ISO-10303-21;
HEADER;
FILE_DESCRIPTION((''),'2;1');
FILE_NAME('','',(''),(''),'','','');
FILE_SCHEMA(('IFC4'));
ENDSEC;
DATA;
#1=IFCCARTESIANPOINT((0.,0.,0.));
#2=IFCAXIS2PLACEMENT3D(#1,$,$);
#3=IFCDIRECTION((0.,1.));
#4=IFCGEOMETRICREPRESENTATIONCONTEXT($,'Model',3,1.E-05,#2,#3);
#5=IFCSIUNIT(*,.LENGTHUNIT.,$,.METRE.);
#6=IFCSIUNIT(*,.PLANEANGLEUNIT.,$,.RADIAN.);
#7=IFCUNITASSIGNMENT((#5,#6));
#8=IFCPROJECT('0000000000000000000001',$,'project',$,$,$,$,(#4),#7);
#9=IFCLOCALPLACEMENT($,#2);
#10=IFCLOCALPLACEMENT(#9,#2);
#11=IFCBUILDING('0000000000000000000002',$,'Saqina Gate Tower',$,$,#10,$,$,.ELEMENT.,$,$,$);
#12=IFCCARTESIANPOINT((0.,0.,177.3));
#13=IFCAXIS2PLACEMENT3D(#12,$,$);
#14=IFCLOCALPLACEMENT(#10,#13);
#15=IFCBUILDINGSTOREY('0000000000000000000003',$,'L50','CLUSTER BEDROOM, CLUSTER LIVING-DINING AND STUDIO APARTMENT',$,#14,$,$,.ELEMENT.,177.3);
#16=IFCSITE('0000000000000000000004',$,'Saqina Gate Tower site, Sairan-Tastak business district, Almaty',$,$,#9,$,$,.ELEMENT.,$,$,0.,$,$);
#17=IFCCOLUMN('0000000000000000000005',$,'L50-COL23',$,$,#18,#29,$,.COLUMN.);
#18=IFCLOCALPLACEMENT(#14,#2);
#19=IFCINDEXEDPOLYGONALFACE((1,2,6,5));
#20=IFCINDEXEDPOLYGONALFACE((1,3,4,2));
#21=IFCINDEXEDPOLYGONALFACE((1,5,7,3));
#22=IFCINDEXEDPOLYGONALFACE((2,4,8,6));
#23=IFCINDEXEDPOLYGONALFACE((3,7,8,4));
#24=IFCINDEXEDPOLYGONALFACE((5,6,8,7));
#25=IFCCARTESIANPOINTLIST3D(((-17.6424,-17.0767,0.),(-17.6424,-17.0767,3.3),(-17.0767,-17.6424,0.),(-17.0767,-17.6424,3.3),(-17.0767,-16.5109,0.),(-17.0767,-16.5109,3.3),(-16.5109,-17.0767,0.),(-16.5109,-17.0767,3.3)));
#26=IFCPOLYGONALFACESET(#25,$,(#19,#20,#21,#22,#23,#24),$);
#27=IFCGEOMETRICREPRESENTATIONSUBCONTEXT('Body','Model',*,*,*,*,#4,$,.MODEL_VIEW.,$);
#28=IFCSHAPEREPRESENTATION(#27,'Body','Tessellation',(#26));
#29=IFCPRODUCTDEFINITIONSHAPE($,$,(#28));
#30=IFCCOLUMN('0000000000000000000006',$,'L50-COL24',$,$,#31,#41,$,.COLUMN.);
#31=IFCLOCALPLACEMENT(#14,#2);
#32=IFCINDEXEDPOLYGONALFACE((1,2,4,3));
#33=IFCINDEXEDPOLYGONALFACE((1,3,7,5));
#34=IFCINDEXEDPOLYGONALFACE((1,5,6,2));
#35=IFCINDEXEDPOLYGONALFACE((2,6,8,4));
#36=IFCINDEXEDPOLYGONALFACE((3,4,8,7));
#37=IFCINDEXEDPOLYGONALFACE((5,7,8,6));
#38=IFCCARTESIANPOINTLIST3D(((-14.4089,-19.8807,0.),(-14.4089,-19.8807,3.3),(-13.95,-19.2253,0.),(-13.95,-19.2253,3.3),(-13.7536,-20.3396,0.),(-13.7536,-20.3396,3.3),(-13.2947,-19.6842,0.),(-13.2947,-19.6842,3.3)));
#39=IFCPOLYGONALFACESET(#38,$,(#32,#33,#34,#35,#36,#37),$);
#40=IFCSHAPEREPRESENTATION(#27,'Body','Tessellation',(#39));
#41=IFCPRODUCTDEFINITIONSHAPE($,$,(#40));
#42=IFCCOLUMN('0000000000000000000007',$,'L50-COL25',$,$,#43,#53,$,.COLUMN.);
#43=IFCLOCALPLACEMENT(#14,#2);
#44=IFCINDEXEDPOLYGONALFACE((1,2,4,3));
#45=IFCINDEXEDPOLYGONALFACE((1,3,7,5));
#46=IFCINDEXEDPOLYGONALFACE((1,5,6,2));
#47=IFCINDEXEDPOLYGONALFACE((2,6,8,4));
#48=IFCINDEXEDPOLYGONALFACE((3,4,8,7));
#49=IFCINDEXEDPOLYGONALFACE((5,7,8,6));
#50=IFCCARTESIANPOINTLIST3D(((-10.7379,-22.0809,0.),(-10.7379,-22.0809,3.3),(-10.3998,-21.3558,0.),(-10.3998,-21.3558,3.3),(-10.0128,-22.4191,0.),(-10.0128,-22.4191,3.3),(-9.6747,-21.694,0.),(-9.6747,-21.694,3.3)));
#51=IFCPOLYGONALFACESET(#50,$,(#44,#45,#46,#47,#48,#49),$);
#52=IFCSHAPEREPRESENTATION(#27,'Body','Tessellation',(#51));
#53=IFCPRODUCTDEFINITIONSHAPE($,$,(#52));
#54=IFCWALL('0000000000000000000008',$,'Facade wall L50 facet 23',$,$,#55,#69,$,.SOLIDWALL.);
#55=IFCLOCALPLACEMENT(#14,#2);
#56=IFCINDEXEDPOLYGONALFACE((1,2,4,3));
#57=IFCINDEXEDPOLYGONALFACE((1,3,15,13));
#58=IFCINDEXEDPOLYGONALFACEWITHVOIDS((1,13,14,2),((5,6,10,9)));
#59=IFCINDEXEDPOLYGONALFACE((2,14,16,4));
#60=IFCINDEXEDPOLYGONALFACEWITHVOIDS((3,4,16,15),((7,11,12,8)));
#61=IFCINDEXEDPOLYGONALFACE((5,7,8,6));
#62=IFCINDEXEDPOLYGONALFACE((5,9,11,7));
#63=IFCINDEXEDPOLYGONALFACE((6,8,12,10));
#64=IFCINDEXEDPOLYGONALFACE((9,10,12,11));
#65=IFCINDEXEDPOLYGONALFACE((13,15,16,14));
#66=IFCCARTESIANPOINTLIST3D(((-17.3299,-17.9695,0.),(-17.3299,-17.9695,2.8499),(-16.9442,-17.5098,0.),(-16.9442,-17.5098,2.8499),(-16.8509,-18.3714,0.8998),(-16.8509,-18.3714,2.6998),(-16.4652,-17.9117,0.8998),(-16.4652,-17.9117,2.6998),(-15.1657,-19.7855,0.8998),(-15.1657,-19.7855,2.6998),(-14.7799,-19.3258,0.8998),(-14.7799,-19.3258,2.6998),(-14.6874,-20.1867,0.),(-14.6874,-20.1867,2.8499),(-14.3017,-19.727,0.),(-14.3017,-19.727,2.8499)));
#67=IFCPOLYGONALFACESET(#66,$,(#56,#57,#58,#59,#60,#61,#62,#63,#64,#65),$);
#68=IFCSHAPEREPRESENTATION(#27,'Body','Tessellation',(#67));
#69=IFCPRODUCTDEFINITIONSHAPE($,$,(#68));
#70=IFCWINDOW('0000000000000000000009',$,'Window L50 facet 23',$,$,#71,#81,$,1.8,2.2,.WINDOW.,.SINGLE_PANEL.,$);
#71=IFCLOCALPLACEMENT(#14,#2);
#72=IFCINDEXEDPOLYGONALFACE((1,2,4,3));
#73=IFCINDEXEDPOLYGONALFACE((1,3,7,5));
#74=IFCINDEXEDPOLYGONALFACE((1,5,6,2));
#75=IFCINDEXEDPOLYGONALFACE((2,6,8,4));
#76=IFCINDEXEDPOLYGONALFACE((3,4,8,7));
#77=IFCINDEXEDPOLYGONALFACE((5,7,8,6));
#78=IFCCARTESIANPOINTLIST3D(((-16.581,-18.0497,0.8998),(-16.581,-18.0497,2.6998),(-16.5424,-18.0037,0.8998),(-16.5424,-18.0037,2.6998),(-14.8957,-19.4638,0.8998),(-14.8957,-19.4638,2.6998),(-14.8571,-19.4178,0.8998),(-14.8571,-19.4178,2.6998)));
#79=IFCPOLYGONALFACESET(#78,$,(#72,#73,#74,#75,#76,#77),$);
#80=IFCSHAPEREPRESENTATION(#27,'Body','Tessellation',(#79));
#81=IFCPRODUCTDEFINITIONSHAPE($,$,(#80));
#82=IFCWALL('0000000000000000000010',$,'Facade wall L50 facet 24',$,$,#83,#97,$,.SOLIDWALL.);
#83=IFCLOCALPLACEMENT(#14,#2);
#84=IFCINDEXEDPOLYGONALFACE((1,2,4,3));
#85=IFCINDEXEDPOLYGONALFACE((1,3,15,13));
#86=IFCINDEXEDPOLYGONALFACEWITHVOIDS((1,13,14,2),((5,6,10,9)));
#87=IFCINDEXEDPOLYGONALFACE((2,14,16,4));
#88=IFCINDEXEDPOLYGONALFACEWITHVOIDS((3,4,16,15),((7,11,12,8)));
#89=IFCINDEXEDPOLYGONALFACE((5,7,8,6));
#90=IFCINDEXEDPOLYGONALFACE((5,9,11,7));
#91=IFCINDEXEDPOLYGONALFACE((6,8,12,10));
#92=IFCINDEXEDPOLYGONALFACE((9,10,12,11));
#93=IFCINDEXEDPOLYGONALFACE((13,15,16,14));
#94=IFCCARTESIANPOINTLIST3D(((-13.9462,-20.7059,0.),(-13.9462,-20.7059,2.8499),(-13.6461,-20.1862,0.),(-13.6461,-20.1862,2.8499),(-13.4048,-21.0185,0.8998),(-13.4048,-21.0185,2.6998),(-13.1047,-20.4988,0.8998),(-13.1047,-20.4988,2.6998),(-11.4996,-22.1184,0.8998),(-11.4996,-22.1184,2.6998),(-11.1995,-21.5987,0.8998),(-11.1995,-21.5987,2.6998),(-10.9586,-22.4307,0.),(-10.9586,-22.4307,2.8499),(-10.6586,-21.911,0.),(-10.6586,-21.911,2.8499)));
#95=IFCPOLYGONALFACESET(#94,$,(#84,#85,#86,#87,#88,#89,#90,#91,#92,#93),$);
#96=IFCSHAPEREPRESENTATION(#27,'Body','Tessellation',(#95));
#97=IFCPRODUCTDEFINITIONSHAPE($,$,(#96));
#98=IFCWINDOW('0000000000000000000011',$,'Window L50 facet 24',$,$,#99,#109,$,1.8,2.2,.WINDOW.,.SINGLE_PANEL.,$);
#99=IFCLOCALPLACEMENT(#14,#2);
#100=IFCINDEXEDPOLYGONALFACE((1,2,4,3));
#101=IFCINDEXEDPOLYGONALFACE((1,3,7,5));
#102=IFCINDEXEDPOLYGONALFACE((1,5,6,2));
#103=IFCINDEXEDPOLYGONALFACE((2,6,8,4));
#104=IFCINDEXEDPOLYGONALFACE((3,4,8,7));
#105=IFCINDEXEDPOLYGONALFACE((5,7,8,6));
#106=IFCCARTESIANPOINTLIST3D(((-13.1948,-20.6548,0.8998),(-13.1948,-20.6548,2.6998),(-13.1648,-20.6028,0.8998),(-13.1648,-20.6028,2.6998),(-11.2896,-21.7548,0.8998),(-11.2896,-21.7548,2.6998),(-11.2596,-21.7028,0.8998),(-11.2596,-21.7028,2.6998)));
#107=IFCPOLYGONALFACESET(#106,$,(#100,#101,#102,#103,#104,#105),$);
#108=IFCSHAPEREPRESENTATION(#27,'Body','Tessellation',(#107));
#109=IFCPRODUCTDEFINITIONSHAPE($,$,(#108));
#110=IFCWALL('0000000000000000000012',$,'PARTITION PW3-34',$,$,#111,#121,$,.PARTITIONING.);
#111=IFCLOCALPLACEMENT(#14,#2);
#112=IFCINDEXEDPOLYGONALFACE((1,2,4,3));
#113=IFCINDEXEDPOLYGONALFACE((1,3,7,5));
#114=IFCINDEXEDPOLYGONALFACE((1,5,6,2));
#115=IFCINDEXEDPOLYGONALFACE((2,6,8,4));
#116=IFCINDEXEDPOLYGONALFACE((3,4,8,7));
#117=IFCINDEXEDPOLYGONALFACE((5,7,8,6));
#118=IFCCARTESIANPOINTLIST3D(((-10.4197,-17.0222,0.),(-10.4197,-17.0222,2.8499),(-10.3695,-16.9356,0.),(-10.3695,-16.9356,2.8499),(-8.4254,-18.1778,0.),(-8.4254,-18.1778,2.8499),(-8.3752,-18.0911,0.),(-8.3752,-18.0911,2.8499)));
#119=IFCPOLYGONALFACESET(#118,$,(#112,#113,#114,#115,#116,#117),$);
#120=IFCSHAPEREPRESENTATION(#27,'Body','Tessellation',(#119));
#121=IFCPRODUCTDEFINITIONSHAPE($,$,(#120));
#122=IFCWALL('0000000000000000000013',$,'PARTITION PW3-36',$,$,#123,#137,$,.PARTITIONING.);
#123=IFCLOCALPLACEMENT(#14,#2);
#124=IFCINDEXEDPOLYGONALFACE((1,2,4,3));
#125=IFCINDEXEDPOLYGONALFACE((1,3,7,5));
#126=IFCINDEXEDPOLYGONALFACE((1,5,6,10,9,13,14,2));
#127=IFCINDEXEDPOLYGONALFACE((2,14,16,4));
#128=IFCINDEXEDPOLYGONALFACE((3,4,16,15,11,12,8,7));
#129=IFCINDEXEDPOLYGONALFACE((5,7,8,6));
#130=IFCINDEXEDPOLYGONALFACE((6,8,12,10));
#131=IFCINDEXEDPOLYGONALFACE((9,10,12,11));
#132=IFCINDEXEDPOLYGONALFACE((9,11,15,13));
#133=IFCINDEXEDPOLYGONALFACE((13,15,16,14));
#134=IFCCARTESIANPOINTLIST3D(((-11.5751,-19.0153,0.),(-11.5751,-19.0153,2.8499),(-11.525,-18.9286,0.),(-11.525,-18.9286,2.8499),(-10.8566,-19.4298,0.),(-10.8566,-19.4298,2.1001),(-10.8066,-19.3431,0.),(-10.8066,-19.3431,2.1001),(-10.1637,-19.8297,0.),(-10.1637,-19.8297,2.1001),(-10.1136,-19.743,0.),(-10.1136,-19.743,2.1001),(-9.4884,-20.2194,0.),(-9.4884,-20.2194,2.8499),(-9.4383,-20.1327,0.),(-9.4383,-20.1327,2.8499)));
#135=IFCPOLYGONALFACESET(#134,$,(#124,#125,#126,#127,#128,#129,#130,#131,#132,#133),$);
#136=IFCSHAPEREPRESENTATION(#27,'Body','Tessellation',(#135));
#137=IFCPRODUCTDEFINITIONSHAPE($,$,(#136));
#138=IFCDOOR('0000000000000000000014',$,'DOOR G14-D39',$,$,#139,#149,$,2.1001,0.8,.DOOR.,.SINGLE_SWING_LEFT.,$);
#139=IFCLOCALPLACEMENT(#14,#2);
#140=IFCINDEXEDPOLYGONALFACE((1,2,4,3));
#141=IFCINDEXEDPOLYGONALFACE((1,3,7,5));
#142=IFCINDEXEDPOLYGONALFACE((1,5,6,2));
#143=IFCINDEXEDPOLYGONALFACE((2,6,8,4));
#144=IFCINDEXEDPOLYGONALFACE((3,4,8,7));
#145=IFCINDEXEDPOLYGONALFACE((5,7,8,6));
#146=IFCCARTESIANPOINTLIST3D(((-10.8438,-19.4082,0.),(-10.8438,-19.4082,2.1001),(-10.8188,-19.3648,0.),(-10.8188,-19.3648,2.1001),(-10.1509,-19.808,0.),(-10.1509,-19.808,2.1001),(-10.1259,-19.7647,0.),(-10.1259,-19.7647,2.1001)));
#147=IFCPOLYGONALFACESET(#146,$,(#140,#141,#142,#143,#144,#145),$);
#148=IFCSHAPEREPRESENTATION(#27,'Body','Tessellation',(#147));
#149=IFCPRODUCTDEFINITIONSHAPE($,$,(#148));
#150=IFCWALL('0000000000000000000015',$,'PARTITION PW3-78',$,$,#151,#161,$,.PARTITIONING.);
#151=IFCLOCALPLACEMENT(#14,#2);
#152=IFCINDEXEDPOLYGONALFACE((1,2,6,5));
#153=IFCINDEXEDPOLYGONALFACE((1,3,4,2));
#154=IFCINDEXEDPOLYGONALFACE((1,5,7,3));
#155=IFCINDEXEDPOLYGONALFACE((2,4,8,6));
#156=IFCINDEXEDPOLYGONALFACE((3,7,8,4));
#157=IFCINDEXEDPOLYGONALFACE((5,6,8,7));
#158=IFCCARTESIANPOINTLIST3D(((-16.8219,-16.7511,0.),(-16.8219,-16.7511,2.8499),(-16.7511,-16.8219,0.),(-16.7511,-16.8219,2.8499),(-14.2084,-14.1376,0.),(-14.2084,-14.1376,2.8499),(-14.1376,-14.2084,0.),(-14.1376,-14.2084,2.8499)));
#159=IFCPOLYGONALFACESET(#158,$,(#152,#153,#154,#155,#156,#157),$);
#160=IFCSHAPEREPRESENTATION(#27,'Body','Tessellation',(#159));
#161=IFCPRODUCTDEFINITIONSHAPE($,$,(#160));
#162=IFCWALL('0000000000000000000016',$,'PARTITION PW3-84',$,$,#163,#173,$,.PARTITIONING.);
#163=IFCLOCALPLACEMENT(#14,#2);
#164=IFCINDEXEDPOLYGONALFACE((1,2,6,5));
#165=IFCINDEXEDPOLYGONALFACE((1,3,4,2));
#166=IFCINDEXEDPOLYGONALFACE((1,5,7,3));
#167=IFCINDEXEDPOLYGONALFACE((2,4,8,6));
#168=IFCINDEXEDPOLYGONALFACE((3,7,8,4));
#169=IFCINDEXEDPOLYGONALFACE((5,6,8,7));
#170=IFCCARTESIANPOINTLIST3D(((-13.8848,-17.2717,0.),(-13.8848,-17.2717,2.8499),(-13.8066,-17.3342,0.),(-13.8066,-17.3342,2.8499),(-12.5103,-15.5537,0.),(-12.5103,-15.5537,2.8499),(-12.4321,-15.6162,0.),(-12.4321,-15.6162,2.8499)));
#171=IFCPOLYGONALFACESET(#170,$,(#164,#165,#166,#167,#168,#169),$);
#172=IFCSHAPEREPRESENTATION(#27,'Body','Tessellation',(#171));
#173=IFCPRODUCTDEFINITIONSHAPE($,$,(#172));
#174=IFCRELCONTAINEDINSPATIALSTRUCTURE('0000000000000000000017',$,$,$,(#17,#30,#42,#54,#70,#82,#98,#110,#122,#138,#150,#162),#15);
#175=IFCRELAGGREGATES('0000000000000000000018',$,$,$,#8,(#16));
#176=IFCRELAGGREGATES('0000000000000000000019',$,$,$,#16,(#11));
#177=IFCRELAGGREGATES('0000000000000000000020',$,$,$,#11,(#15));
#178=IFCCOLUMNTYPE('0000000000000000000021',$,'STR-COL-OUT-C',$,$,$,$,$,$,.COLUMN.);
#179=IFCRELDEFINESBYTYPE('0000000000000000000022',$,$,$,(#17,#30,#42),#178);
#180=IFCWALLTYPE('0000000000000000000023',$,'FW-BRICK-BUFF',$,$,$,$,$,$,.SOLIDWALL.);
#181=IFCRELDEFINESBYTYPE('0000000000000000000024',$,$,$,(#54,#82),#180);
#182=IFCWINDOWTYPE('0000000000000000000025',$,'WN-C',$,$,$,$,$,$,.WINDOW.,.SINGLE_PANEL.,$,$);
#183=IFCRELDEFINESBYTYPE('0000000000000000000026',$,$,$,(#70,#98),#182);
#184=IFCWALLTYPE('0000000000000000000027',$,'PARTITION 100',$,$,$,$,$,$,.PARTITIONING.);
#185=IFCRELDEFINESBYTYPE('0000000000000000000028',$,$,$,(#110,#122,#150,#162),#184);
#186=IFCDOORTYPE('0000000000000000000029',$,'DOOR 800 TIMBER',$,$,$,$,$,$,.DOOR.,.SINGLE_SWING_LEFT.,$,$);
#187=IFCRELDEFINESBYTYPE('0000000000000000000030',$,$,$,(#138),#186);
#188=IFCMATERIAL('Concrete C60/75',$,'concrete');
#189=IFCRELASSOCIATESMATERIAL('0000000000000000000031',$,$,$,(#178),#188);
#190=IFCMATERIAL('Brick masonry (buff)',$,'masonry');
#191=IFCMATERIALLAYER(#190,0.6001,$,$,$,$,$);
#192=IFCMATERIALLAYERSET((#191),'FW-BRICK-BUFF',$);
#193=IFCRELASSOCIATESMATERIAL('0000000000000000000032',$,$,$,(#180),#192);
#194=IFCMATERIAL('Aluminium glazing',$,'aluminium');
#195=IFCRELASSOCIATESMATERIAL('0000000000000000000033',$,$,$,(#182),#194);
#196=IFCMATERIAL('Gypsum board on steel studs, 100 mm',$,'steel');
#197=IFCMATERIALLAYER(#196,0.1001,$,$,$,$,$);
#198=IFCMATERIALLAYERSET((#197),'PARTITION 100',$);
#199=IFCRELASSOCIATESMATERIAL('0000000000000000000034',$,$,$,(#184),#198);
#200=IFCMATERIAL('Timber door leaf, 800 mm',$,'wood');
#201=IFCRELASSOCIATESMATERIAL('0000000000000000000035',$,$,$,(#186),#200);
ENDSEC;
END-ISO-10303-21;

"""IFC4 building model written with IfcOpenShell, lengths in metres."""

from ifc_helpers import new_model, si_unit, direction, frame, frame_2d, origin, origin_2d, place, context, subcontext, project, spatial, rectangle, extrude, material, layer, layer_set, material_profile, profile_set, type_object, element, fill, save


model = new_model("IFC4")

# Units and contexts
model_context = context("Model", 3, precision=1e-05, world=origin(), true_north=direction((0.0, 1.0)))
body_context = subcontext(model_context, "Body", "Model", "MODEL_VIEW")
ifc_project = project(units=[si_unit("LENGTHUNIT", "METRE"), si_unit("PLANEANGLEUNIT", "RADIAN")], contexts=[model_context])

# Site, building, storey
site_placement = place(None, origin())
site = spatial("IfcSite", under=ifc_project, at=site_placement, Name="Saqina Gate Tower site, Sairan-Tastak business district, Almaty", CompositionType="ELEMENT", RefElevation=0.0)
building_placement = place(site_placement, origin())
building = spatial("IfcBuilding", under=site, at=building_placement, Name="Saqina Gate Tower", CompositionType="ELEMENT")
storey_placement = place(building_placement, frame((0.0, 0.0, 177.3)))
storey = spatial("IfcBuildingStorey", under=building, at=storey_placement, Name="L50", Description="CLUSTER BEDROOM, CLUSTER LIVING-DINING AND STUDIO APARTMENT", CompositionType="ELEMENT", Elevation=177.3)

# Columns
ifc_material_1 = material(Name="Concrete C60/75", Category="concrete")
ifc_material_profile = material_profile(ifc_material_1, rectangle(XDim=0.8, YDim=0.8, at=origin_2d()), Name="RC 800x800")
ifc_profile_set = profile_set([ifc_material_profile], Name="Concrete C60/75")
column_type = type_object("IfcColumnType", Name="STR-COL-OUT-C", PredefinedType="COLUMN", material=ifc_profile_set)
for number, where, z_axis, x_axis, name in (
    (1, (-17.0767, -17.0767, 0.0), (0.0, 0.0, 1.0), (-0.707107, -0.707107, 0.0), "L50-COL23"),
    (2, (-13.8518, -19.7825, 0.0), (0.0, 0.0, 1.0), (-0.573576, -0.819152, 0.0), "L50-COL24"),
    (3, (-10.2063, -21.8875, 0.0), (0.0, 0.0, 1.0), (-0.422618, -0.906308, 0.0), "L50-COL25"),
):
    element("IfcColumn", number, at=place(storey_placement, frame(where, z_axis=z_axis, x_axis=x_axis)), inside=storey, type_object=column_type, Name=name, PredefinedType="COLUMN", context=body_context, shape_type="SweptSolid", body=[
        extrude(rectangle(XDim=0.8, YDim=0.8, at=origin_2d()), origin(), (0.0, 0.0, 1.0), 3.3),
    ])

# Walls, openings, windows
ifc_material_2 = material(Name="Brick masonry (buff)", Category="masonry")
ifc_layer_1 = layer(ifc_material_2, 0.6001)
ifc_layer_set_1 = layer_set([ifc_layer_1], Name="FW-BRICK-BUFF")
wall_type_1 = type_object("IfcWallType", Name="FW-BRICK-BUFF", PredefinedType="SOLIDWALL", material=ifc_layer_set_1)
wall_1_placement = place(storey_placement, frame((-17.137, -17.7397, 0.0), z_axis=(0.0, 0.0, 1.0), x_axis=(0.766059, -0.64277, 0.0)))
wall_1 = element("IfcWall", 4, at=wall_1_placement, inside=storey, type_object=wall_type_1, Name="Facade wall L50 facet 23", PredefinedType="SOLIDWALL", context=body_context, shape_type="SweptSolid", body=[
    extrude(rectangle(XDim=3.4495, YDim=0.6001, at=frame_2d((1.7246, 0.0))), origin(), (0.0, 0.0, 1.0), 2.8499),
])
opening_1_placement = place(wall_1_placement, frame((0.625, 0.0, 0.8999)))
opening_1 = element("IfcOpeningElement", 5, at=opening_1_placement, cuts=wall_1, PredefinedType="OPENING", context=body_context, shape_type="SweptSolid", body=[
    extrude(rectangle(XDim=2.2, YDim=1.8, at=frame_2d((1.1001, 0.8999))), frame((0.0, 0.312, 0.0), z_axis=(0.0, -1.0, 0.0), x_axis=(1.0, 0.0, 0.0)), (0.0, 0.0, 1.0), 0.624),
])
ifc_material_3 = material(Name="Aluminium glazing", Category="aluminium")
window_type = type_object("IfcWindowType", Name="WN-C", PartitioningType="SINGLE_PANEL", PredefinedType="WINDOW", material=ifc_material_3)
window_1_placement = place(opening_1_placement, origin())
window_1 = element("IfcWindow", 6, at=window_1_placement, inside=storey, type_object=window_type, Name="Window L50 facet 23", OverallHeight=1.8, OverallWidth=2.2, PartitioningType="SINGLE_PANEL", PredefinedType="WINDOW", context=body_context, shape_type="SweptSolid", body=[
    extrude(rectangle(XDim=2.2, YDim=1.8, at=frame_2d((1.1001, 0.8999))), frame((0.0, 0.1799, 0.0), z_axis=(0.0, -1.0, 0.0), x_axis=(1.0, 0.0, 0.0)), (0.0, 0.0, 1.0), 0.0601),
])
fill(opening_1, window_1)
wall_2_placement = place(storey_placement, frame((-13.7961, -20.446, 0.0), z_axis=(0.0, 0.0, 1.0), x_axis=(0.866026, -0.499998, 0.0)))
wall_2 = element("IfcWall", 7, at=wall_2_placement, inside=storey, type_object=wall_type_1, Name="Facade wall L50 facet 24", PredefinedType="SOLIDWALL", context=body_context, shape_type="SweptSolid", body=[
    extrude(rectangle(XDim=3.4497, YDim=0.6001, at=frame_2d((1.7249, 0.0))), origin(), (0.0, 0.0, 1.0), 2.8499),
])
opening_2_placement = place(wall_2_placement, frame((0.625, 0.0, 0.8999)))
opening_2 = element("IfcOpeningElement", 8, at=opening_2_placement, cuts=wall_2, PredefinedType="OPENING", context=body_context, shape_type="SweptSolid", body=[
    extrude(rectangle(XDim=2.2, YDim=1.8, at=frame_2d((1.1001, 0.8999))), frame((0.0, 0.312, 0.0), z_axis=(0.0, -1.0, 0.0), x_axis=(1.0, 0.0, 0.0)), (0.0, 0.0, 1.0), 0.624),
])
window_2_placement = place(opening_2_placement, origin())
window_2 = element("IfcWindow", 9, at=window_2_placement, inside=storey, type_object=window_type, Name="Window L50 facet 24", OverallHeight=1.8, OverallWidth=2.2, PartitioningType="SINGLE_PANEL", PredefinedType="WINDOW", context=body_context, shape_type="SweptSolid", body=[
    extrude(rectangle(XDim=2.2, YDim=1.8, at=frame_2d((1.1001, 0.8999))), frame((0.0, 0.1799, 0.0), z_axis=(0.0, -1.0, 0.0), x_axis=(1.0, 0.0, 0.0)), (0.0, 0.0, 1.0), 0.0601),
])
fill(opening_2, window_2)

# Wall
ifc_material_4 = material(Name="Gypsum board on steel studs, 100 mm", Category="steel")
ifc_layer_2 = layer(ifc_material_4, 0.1001)
ifc_layer_set_2 = layer_set([ifc_layer_2], Name="PARTITION 100")
wall_type_2 = type_object("IfcWallType", Name="PARTITION 100", PredefinedType="PARTITIONING", material=ifc_layer_set_2)
wall_3_placement = place(storey_placement, frame((-10.3945, -16.979, 0.0), z_axis=(0.0, 0.0, 1.0), x_axis=(0.865262, -0.50132, 0.0)))
element("IfcWall", 10, at=wall_3_placement, inside=storey, type_object=wall_type_2, Name="PARTITION PW3-34", PredefinedType="PARTITIONING", context=body_context, shape_type="SweptSolid", body=[
    extrude(rectangle(XDim=2.3049, YDim=0.1001, at=frame_2d((1.1523, 0.0))), origin(), (0.0, 0.0, 1.0), 2.8499),
])

# Wall, opening, door
wall_4_placement = place(storey_placement, frame((-11.55, -18.9719, 0.0), z_axis=(0.0, 0.0, 1.0), x_axis=(0.86614, -0.499801, 0.0)))
wall_4 = element("IfcWall", 11, at=wall_4_placement, inside=storey, type_object=wall_type_2, Name="PARTITION PW3-36", PredefinedType="PARTITIONING", context=body_context, shape_type="SweptSolid", body=[
    extrude(rectangle(XDim=2.4092, YDim=0.1001, at=frame_2d((1.2046, 0.0))), origin(), (0.0, 0.0, 1.0), 2.8499),
])
opening_3_placement = place(wall_4_placement, frame((0.8296, 0.0, 0.0)))
opening_3 = element("IfcOpeningElement", 12, at=opening_3_placement, cuts=wall_4, PredefinedType="OPENING", context=body_context, shape_type="SweptSolid", body=[
    extrude(rectangle(XDim=0.8, YDim=2.1001, at=frame_2d((0.3999, 1.05))), frame((0.0, 0.062, 0.0), z_axis=(0.0, -1.0, 0.0), x_axis=(1.0, 0.0, 0.0)), (0.0, 0.0, 1.0), 0.124),
])
ifc_material_5 = material(Name="Timber door leaf, 800 mm", Category="wood")
door_type_1 = type_object("IfcDoorType", Name="DOOR 800 TIMBER", OperationType="SINGLE_SWING_LEFT", PredefinedType="DOOR", material=ifc_material_5)
door_1_placement = place(opening_3_placement, frame((0.8, 0.0, 0.0), z_axis=(0.0, 0.0, 1.0), x_axis=(-1.0, 0.0, 0.0)))
door_1 = element("IfcDoor", 13, at=door_1_placement, inside=storey, type_object=door_type_1, Name="DOOR G14-D39", OperationType="SINGLE_SWING_LEFT", OverallHeight=2.1001, OverallWidth=0.8, PredefinedType="DOOR", context=body_context, shape_type="SweptSolid", body=[
    extrude(rectangle(XDim=0.8, YDim=2.1001, at=frame_2d((0.3999, 1.05))), frame((0.0, 0.0249, 0.0), z_axis=(0.0, -1.0, 0.0), x_axis=(1.0, 0.0, 0.0)), (0.0, 0.0, 1.0), 0.05),
])
fill(opening_3, door_1)

# Walls
wall_5_placement = place(storey_placement, frame((-16.7866, -16.7866, 0.0), z_axis=(0.0, 0.0, 1.0), x_axis=(0.707107, 0.707107, 0.0)))
element("IfcWall", 14, at=wall_5_placement, inside=storey, type_object=wall_type_2, Name="PARTITION PW3-78", PredefinedType="PARTITIONING", context=body_context, shape_type="SweptSolid", body=[
    extrude(rectangle(XDim=3.696, YDim=0.1001, at=frame_2d((1.8481, 0.0))), origin(), (0.0, 0.0, 1.0), 2.8499),
])
wall_6_placement = place(storey_placement, frame((-13.8457, -17.303, 0.0), z_axis=(0.0, 0.0, 1.0), x_axis=(0.624722, 0.780847, 0.0)))
element("IfcWall", 15, at=wall_6_placement, inside=storey, type_object=wall_type_2, Name="PARTITION PW3-84", PredefinedType="PARTITIONING", context=body_context, shape_type="SweptSolid", body=[
    extrude(rectangle(XDim=2.2002, YDim=0.1001, at=frame_2d((1.1001, 0.0))), origin(), (0.0, 0.0, 1.0), 2.8499),
])

save(model, "model.ifc")
